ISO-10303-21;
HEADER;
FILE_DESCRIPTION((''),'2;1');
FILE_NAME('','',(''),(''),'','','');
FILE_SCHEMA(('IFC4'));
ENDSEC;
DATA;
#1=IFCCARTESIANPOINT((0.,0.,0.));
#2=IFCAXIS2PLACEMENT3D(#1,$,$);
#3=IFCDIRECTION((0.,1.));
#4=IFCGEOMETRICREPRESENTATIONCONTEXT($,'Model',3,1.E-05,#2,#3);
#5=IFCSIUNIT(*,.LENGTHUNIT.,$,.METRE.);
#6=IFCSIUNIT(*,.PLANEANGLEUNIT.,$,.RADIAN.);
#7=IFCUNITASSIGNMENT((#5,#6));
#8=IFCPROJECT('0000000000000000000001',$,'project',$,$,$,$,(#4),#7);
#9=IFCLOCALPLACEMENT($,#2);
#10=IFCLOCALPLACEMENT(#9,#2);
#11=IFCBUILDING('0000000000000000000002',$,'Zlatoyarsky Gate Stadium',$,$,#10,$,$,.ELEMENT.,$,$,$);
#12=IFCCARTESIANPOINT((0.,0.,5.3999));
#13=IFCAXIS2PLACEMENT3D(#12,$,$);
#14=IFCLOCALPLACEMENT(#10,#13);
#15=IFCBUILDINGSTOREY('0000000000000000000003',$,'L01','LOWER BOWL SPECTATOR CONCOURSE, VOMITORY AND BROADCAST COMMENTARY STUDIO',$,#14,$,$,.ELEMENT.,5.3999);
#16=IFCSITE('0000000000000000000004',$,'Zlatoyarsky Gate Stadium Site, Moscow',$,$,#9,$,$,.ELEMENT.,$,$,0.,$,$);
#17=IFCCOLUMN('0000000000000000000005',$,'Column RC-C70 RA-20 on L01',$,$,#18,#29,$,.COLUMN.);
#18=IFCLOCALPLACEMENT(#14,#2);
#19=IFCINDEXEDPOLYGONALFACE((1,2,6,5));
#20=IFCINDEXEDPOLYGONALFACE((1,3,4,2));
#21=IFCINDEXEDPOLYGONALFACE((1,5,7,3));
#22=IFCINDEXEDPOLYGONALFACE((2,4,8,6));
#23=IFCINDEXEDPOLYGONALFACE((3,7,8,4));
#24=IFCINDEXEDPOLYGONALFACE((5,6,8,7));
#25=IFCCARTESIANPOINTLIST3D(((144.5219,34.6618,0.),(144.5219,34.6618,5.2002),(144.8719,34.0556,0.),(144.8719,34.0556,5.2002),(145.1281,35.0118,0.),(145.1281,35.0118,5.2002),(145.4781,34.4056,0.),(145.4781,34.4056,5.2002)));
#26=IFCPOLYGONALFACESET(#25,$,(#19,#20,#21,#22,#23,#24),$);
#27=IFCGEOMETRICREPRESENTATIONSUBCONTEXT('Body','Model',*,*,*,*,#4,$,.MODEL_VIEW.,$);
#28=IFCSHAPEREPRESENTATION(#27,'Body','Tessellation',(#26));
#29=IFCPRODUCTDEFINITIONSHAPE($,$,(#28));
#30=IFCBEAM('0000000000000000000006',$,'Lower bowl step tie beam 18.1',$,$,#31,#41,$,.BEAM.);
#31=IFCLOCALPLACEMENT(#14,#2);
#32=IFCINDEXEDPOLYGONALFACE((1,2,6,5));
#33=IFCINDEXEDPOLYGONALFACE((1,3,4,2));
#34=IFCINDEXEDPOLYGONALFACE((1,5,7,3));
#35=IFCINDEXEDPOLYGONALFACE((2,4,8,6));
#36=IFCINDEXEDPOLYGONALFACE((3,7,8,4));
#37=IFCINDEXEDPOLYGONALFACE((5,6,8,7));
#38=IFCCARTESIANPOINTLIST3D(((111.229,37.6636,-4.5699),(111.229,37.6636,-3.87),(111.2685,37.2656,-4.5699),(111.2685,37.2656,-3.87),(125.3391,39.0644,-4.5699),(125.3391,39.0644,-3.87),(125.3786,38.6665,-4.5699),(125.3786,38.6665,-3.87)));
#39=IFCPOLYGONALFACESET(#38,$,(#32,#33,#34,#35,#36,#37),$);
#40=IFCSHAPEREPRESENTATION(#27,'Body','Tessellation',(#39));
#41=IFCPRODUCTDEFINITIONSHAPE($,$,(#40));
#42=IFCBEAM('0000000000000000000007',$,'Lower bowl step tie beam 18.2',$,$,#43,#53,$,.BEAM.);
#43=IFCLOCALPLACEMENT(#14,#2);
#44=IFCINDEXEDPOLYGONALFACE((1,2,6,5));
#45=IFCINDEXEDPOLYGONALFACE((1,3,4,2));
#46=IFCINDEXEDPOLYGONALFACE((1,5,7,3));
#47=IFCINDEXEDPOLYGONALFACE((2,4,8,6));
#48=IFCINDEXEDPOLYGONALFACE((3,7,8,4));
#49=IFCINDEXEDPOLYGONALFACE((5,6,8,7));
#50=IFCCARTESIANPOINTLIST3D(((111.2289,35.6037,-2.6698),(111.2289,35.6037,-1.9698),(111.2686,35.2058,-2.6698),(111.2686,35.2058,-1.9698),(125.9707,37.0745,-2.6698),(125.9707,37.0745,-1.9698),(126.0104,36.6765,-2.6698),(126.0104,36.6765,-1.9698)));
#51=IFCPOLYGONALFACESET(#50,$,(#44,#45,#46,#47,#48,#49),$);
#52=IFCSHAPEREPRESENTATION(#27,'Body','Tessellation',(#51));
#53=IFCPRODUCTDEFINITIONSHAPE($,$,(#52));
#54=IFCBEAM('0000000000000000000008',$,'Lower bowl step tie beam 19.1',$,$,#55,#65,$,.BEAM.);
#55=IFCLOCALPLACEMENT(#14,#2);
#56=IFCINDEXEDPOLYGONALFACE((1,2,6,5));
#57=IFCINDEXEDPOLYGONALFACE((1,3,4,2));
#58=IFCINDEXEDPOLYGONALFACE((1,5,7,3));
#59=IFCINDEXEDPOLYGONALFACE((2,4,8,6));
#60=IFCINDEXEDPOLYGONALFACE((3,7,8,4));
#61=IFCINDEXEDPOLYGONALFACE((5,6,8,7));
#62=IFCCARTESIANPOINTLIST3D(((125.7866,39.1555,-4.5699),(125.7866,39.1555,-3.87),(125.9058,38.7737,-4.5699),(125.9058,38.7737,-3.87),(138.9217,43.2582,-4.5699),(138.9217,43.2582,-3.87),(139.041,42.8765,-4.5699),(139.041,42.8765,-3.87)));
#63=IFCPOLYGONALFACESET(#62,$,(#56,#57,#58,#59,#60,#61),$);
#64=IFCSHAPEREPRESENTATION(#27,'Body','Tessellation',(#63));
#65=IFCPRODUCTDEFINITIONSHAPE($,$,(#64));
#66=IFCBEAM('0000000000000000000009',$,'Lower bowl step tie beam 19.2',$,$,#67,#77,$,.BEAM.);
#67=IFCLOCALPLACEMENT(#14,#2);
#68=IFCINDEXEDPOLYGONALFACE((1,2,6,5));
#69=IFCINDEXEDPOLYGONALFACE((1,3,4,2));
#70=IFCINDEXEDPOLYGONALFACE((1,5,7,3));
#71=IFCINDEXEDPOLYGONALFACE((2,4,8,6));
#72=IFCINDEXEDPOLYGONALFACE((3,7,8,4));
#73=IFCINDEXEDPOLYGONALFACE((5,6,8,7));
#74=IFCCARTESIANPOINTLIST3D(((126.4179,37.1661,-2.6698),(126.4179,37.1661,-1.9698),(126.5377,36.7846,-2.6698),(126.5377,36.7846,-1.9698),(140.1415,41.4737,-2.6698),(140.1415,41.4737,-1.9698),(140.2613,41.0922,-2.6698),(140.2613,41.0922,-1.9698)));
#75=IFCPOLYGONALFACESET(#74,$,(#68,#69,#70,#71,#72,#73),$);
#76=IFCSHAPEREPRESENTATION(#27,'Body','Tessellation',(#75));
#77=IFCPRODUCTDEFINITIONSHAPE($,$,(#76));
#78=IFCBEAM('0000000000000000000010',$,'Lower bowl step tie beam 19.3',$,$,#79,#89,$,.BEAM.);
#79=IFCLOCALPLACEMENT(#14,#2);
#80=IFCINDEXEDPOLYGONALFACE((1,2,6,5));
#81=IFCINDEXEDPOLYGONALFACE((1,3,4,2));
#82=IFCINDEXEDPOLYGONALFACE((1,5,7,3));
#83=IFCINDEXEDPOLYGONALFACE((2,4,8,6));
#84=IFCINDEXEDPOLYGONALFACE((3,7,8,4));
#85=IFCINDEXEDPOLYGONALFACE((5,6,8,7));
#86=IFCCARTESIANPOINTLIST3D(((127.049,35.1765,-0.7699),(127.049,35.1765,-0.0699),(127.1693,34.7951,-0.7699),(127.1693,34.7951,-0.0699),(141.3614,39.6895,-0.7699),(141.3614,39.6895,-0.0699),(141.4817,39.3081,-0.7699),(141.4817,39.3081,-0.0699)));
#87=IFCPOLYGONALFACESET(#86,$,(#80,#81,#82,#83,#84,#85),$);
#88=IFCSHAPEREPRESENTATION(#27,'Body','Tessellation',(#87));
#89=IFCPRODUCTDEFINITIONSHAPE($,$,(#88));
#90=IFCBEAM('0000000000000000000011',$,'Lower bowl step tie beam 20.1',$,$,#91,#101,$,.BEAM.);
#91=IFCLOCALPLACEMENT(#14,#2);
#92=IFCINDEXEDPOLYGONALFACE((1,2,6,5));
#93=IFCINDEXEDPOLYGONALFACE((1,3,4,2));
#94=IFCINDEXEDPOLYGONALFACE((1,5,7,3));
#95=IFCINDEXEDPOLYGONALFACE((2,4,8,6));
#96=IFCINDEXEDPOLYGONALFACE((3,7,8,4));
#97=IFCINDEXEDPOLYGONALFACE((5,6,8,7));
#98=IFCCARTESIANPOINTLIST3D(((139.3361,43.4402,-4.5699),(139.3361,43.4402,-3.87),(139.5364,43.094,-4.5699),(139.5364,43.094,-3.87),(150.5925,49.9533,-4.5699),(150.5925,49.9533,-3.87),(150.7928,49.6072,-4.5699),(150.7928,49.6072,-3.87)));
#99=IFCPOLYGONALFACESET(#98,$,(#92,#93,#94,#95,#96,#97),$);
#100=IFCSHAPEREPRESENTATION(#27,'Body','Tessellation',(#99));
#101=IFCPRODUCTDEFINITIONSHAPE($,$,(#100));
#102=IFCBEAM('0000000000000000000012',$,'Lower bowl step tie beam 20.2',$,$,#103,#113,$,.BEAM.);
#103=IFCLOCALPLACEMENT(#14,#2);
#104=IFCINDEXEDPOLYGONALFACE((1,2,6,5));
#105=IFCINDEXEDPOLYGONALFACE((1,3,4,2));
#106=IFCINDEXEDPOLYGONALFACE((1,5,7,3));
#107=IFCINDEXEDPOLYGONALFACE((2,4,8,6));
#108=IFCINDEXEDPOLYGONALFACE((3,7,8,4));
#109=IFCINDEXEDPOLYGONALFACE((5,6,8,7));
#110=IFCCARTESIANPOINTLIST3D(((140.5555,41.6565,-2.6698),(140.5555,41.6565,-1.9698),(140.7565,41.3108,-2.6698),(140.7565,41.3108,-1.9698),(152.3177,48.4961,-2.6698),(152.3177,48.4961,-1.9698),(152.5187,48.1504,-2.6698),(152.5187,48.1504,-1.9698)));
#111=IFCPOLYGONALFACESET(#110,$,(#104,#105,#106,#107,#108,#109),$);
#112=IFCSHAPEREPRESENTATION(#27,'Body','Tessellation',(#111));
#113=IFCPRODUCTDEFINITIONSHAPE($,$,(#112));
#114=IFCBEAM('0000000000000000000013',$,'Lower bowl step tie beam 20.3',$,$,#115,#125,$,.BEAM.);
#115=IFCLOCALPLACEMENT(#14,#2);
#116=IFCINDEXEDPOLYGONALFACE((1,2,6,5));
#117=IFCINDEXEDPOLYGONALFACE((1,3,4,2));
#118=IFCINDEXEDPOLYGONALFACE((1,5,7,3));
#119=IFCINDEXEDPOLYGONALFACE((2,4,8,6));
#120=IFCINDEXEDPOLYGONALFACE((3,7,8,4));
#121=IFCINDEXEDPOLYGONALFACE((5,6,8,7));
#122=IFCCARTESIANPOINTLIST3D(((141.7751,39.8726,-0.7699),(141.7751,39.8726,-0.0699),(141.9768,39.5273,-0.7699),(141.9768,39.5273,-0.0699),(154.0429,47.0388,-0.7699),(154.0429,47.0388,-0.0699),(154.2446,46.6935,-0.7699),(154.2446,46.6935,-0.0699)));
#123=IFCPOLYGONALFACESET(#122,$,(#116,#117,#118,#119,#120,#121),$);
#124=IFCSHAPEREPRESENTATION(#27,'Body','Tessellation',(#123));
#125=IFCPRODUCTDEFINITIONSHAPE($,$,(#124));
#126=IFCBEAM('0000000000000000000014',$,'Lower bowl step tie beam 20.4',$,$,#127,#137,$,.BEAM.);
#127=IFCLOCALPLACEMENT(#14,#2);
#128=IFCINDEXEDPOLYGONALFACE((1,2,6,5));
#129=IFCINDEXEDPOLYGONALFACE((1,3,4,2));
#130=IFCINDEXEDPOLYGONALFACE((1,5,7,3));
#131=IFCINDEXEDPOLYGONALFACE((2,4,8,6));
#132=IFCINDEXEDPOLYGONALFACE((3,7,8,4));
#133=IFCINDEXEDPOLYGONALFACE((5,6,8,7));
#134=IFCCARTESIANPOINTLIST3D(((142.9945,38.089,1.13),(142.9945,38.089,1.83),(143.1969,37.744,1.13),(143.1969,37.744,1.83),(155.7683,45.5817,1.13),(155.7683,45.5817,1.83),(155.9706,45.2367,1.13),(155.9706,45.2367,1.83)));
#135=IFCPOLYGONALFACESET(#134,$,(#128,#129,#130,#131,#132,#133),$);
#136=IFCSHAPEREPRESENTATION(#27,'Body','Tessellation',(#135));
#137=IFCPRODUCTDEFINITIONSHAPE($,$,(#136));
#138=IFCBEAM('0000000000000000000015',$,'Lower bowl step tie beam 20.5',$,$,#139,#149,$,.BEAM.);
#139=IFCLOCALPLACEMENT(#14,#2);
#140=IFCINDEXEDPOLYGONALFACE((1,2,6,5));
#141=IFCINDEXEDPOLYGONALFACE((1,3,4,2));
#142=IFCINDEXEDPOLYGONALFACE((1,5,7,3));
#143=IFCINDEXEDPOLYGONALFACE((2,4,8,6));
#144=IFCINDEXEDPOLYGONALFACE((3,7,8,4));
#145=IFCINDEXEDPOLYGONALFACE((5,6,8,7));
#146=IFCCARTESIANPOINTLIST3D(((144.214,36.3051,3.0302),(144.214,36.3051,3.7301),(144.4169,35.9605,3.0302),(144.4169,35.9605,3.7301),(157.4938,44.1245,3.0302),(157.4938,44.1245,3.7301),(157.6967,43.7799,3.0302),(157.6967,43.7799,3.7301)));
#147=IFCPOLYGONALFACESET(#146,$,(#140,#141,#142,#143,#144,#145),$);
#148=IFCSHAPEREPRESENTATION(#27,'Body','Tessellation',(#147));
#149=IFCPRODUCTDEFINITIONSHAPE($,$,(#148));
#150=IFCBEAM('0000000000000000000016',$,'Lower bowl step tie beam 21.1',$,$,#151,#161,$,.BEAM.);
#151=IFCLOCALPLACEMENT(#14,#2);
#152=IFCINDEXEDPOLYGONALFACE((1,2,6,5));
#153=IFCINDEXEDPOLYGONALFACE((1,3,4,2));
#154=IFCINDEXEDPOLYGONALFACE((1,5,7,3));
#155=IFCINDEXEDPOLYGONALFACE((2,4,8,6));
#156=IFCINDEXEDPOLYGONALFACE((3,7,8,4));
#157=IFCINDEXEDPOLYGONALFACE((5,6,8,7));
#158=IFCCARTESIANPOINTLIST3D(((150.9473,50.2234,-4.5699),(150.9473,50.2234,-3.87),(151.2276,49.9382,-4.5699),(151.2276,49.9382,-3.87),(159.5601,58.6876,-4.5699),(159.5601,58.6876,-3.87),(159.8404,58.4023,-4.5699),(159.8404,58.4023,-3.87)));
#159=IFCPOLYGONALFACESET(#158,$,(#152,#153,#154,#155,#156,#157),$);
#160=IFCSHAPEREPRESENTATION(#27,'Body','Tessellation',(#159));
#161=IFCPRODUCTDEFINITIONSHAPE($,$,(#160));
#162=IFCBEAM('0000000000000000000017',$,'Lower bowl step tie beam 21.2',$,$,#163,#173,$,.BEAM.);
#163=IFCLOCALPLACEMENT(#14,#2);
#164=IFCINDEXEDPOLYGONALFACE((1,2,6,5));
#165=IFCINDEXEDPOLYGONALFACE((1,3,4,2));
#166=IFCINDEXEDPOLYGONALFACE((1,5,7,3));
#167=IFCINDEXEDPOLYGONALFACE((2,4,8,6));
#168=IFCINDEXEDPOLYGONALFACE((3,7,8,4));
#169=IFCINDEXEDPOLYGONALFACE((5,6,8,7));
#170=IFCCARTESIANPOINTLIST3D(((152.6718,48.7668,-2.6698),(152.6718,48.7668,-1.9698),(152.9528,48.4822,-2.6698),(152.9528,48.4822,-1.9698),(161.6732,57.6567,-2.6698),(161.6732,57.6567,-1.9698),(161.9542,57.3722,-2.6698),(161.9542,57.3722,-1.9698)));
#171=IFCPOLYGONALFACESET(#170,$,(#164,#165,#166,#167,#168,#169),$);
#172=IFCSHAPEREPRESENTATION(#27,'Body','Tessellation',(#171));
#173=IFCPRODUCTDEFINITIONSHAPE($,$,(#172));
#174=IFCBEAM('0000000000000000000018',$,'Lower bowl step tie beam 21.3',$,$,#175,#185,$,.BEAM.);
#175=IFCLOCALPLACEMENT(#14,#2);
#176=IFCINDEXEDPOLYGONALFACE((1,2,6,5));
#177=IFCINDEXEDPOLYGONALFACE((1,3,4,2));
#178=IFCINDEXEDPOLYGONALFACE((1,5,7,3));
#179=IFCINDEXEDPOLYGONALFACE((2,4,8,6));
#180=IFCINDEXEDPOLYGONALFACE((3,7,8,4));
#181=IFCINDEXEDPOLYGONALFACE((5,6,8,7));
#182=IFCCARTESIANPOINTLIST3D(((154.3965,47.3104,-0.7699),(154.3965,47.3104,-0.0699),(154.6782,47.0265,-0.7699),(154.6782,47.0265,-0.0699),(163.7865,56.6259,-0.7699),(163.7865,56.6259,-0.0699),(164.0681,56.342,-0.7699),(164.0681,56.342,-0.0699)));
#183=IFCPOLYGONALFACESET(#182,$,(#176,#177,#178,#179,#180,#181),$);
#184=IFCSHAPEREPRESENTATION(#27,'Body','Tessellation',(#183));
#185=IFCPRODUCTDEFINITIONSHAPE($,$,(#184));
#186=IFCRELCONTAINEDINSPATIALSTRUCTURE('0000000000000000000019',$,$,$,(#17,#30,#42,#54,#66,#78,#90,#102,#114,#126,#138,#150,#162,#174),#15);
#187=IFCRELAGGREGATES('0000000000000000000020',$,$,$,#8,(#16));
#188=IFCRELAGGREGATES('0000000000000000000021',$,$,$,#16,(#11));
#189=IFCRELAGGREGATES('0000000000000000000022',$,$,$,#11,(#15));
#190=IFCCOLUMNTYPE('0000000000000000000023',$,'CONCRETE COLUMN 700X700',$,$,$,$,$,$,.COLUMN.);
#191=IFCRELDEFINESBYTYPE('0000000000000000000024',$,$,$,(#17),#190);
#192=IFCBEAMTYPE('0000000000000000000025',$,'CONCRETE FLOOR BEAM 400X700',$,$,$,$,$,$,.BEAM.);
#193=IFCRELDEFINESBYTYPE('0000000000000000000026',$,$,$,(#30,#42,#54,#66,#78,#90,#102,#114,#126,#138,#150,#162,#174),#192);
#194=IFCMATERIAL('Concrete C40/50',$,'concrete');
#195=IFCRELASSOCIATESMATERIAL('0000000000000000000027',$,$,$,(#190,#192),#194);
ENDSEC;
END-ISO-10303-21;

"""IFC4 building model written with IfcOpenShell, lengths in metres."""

from ifc_helpers import new_model, si_unit, direction, frame, origin, origin_2d, place, context, subcontext, project, spatial, rectangle, extrude, material, material_profile, profile_set, type_object, element, save


model = new_model("IFC4")

# Units and contexts
model_context = context("Model", 3, precision=1e-05, world=origin(), true_north=direction((0.0, 1.0)))
body_context = subcontext(model_context, "Body", "Model", "MODEL_VIEW")
ifc_project = project(units=[si_unit("LENGTHUNIT", "METRE"), si_unit("PLANEANGLEUNIT", "RADIAN")], contexts=[model_context])

# Site, building, storey
site_placement = place(None, origin())
site = spatial("IfcSite", under=ifc_project, at=site_placement, Name="Zlatoyarsky Gate Stadium Site, Moscow", CompositionType="ELEMENT", RefElevation=0.0)
building_placement = place(site_placement, origin())
building = spatial("IfcBuilding", under=site, at=building_placement, Name="Zlatoyarsky Gate Stadium", CompositionType="ELEMENT")
storey_placement = place(building_placement, frame((0.0, 0.0, 5.3999)))
storey = spatial("IfcBuildingStorey", under=building, at=storey_placement, Name="L01", Description="LOWER BOWL SPECTATOR CONCOURSE, VOMITORY AND BROADCAST COMMENTARY STUDIO", CompositionType="ELEMENT", Elevation=5.3999)

# Column
ifc_material_1 = material(Name="Concrete C40/50", Category="concrete")
ifc_material_profile_1 = material_profile(ifc_material_1, rectangle(XDim=0.7, YDim=0.7, at=origin_2d()), Name="RC COL 700X700")
ifc_profile_set_1 = profile_set([ifc_material_profile_1], Name="Concrete C40/50")
column_type = type_object("IfcColumnType", Name="CONCRETE COLUMN 700X700", PredefinedType="COLUMN", material=ifc_profile_set_1)
column_placement = place(storey_placement, frame((145.0, 34.5337, 0.0), z_axis=(0.0, 0.0, 1.0), x_axis=(0.5, -0.866025, 0.0)))
element("IfcColumn", 1, at=column_placement, inside=storey, type_object=column_type, Name="Column RC-C70 RA-20 on L01", PredefinedType="COLUMN", context=body_context, shape_type="SweptSolid", body=[
    extrude(rectangle(XDim=0.7, YDim=0.7, at=origin_2d()), origin(), (0.0, 0.0, 1.0), 5.2002),
])

# Beams
ifc_material_profile_2 = material_profile(ifc_material_1, rectangle(XDim=0.3999, YDim=0.7, at=origin_2d()), Name="RC BEAM 400X700")
ifc_profile_set_2 = profile_set([ifc_material_profile_2], Name="Concrete C40/50")
beam_type_1 = type_object("IfcBeamType", Name="CONCRETE FLOOR BEAM 400X700", PredefinedType="BEAM", material=ifc_profile_set_2)
beam_1_placement = place(storey_placement, frame((111.2488, 37.4646, -4.22), z_axis=(0.995108, 0.098796, 0.0), x_axis=(-0.098796, 0.995108, 0.0)))
element("IfcBeam", 2, at=beam_1_placement, inside=storey, type_object=beam_type_1, Name="Lower bowl step tie beam 18.1", PredefinedType="BEAM", context=body_context, shape_type="SweptSolid", body=[
    extrude(rectangle(XDim=0.3999, YDim=0.7, at=origin_2d()), origin(), (0.0, 0.0, 1.0), 14.1794),
])
beam_2_placement = place(storey_placement, frame((111.2488, 35.4048, -2.3198), z_axis=(0.99506, 0.099272, 0.0), x_axis=(-0.099272, 0.99506, 0.0)))
element("IfcBeam", 3, at=beam_2_placement, inside=storey, type_object=beam_type_1, Name="Lower bowl step tie beam 18.2", PredefinedType="BEAM", context=body_context, shape_type="SweptSolid", body=[
    extrude(rectangle(XDim=0.3999, YDim=0.7, at=origin_2d()), origin(), (0.0, 0.0, 1.0), 14.8149),
])
beam_3_placement = place(storey_placement, frame((125.8462, 38.9646, -4.22), z_axis=(0.954521, 0.298144, 0.0), x_axis=(-0.298144, 0.954521, 0.0)))
element("IfcBeam", 4, at=beam_3_placement, inside=storey, type_object=beam_type_1, Name="Lower bowl step tie beam 19.1", PredefinedType="BEAM", context=body_context, shape_type="SweptSolid", body=[
    extrude(rectangle(XDim=0.3999, YDim=0.7, at=origin_2d()), origin(), (0.0, 0.0, 1.0), 13.761),
])
beam_4_placement = place(storey_placement, frame((126.4778, 36.9753, -2.3198), z_axis=(0.954104, 0.299477, 0.0), x_axis=(-0.299477, 0.954104, 0.0)))
element("IfcBeam", 5, at=beam_4_placement, inside=storey, type_object=beam_type_1, Name="Lower bowl step tie beam 19.2", PredefinedType="BEAM", context=body_context, shape_type="SweptSolid", body=[
    extrude(rectangle(XDim=0.3999, YDim=0.7, at=origin_2d()), origin(), (0.0, 0.0, 1.0), 14.3838),
])
beam_5_placement = place(storey_placement, frame((127.1091, 34.9858, -0.4199), z_axis=(0.953713, 0.300719, 0.0), x_axis=(-0.300719, 0.953713, 0.0)))
element("IfcBeam", 6, at=beam_5_placement, inside=storey, type_object=beam_type_1, Name="Lower bowl step tie beam 19.3", PredefinedType="BEAM", context=body_context, shape_type="SweptSolid", body=[
    extrude(rectangle(XDim=0.3999, YDim=0.7, at=origin_2d()), origin(), (0.0, 0.0, 1.0), 15.0071),
])
beam_6_placement = place(storey_placement, frame((139.4363, 43.2671, -4.22), z_axis=(0.865548, 0.500826, 0.0), x_axis=(-0.500826, 0.865548, 0.0)))
element("IfcBeam", 7, at=beam_6_placement, inside=storey, type_object=beam_type_1, Name="Lower bowl step tie beam 20.1", PredefinedType="BEAM", context=body_context, shape_type="SweptSolid", body=[
    extrude(rectangle(XDim=0.3999, YDim=0.7, at=origin_2d()), origin(), (0.0, 0.0, 1.0), 13.0049),
])
beam_7_placement = place(storey_placement, frame((140.656, 41.4836, -2.3198), z_axis=(0.864472, 0.502681, 0.0), x_axis=(-0.502681, 0.864472, 0.0)))
element("IfcBeam", 8, at=beam_7_placement, inside=storey, type_object=beam_type_1, Name="Lower bowl step tie beam 20.2", PredefinedType="BEAM", context=body_context, shape_type="SweptSolid", body=[
    extrude(rectangle(XDim=0.3999, YDim=0.7, at=origin_2d()), origin(), (0.0, 0.0, 1.0), 13.6062),
])
beam_8_placement = place(storey_placement, frame((141.876, 39.7, -0.4199), z_axis=(0.863471, 0.504398, 0.0), x_axis=(-0.504398, 0.863471, 0.0)))
element("IfcBeam", 9, at=beam_8_placement, inside=storey, type_object=beam_type_1, Name="Lower bowl step tie beam 20.3", PredefinedType="BEAM", context=body_context, shape_type="SweptSolid", body=[
    extrude(rectangle(XDim=0.3999, YDim=0.7, at=origin_2d()), origin(), (0.0, 0.0, 1.0), 14.2075),
])
beam_9_placement = place(storey_placement, frame((143.0957, 37.9165, 1.48), z_axis=(0.862561, 0.505953, 0.0), x_axis=(-0.505953, 0.862561, 0.0)))
element("IfcBeam", 10, at=beam_9_placement, inside=storey, type_object=beam_type_1, Name="Lower bowl step tie beam 20.4", PredefinedType="BEAM", context=body_context, shape_type="SweptSolid", body=[
    extrude(rectangle(XDim=0.3999, YDim=0.7, at=origin_2d()), origin(), (0.0, 0.0, 1.0), 14.8091),
])
beam_10_placement = place(storey_placement, frame((144.3154, 36.1328, 3.3801), z_axis=(0.861716, 0.507391, 0.0), x_axis=(-0.507391, 0.861716, 0.0)))
element("IfcBeam", 11, at=beam_10_placement, inside=storey, type_object=beam_type_1, Name="Lower bowl step tie beam 20.5", PredefinedType="BEAM", context=body_context, shape_type="SweptSolid", body=[
    extrude(rectangle(XDim=0.3999, YDim=0.7, at=origin_2d()), origin(), (0.0, 0.0, 1.0), 15.4109),
])
beam_11_placement = place(storey_placement, frame((151.0874, 50.0808, -4.22), z_axis=(0.713236, 0.700924, 0.0), x_axis=(-0.700924, 0.713236, 0.0)))
element("IfcBeam", 12, at=beam_11_placement, inside=storey, type_object=beam_type_1, Name="Lower bowl step tie beam 21.1", PredefinedType="BEAM", context=body_context, shape_type="SweptSolid", body=[
    extrude(rectangle(XDim=0.3999, YDim=0.7, at=origin_2d()), origin(), (0.0, 0.0, 1.0), 12.0757),
])
beam_12_placement = place(storey_placement, frame((152.8123, 48.6245, -2.3198), z_axis=(0.711503, 0.702684, 0.0), x_axis=(-0.702684, 0.711503, 0.0)))
element("IfcBeam", 13, at=beam_12_placement, inside=storey, type_object=beam_type_1, Name="Lower bowl step tie beam 21.2", PredefinedType="BEAM", context=body_context, shape_type="SweptSolid", body=[
    extrude(rectangle(XDim=0.3999, YDim=0.7, at=origin_2d()), origin(), (0.0, 0.0, 1.0), 12.6514),
])
beam_13_placement = place(storey_placement, frame((154.5374, 47.1685, -0.4199), z_axis=(0.709916, 0.704286, 0.0), x_axis=(-0.704286, 0.709916, 0.0)))
element("IfcBeam", 14, at=beam_13_placement, inside=storey, type_object=beam_type_1, Name="Lower bowl step tie beam 21.3", PredefinedType="BEAM", context=body_context, shape_type="SweptSolid", body=[
    extrude(rectangle(XDim=0.3999, YDim=0.7, at=origin_2d()), origin(), (0.0, 0.0, 1.0), 13.2268),
])

save(model, "model.ifc")
